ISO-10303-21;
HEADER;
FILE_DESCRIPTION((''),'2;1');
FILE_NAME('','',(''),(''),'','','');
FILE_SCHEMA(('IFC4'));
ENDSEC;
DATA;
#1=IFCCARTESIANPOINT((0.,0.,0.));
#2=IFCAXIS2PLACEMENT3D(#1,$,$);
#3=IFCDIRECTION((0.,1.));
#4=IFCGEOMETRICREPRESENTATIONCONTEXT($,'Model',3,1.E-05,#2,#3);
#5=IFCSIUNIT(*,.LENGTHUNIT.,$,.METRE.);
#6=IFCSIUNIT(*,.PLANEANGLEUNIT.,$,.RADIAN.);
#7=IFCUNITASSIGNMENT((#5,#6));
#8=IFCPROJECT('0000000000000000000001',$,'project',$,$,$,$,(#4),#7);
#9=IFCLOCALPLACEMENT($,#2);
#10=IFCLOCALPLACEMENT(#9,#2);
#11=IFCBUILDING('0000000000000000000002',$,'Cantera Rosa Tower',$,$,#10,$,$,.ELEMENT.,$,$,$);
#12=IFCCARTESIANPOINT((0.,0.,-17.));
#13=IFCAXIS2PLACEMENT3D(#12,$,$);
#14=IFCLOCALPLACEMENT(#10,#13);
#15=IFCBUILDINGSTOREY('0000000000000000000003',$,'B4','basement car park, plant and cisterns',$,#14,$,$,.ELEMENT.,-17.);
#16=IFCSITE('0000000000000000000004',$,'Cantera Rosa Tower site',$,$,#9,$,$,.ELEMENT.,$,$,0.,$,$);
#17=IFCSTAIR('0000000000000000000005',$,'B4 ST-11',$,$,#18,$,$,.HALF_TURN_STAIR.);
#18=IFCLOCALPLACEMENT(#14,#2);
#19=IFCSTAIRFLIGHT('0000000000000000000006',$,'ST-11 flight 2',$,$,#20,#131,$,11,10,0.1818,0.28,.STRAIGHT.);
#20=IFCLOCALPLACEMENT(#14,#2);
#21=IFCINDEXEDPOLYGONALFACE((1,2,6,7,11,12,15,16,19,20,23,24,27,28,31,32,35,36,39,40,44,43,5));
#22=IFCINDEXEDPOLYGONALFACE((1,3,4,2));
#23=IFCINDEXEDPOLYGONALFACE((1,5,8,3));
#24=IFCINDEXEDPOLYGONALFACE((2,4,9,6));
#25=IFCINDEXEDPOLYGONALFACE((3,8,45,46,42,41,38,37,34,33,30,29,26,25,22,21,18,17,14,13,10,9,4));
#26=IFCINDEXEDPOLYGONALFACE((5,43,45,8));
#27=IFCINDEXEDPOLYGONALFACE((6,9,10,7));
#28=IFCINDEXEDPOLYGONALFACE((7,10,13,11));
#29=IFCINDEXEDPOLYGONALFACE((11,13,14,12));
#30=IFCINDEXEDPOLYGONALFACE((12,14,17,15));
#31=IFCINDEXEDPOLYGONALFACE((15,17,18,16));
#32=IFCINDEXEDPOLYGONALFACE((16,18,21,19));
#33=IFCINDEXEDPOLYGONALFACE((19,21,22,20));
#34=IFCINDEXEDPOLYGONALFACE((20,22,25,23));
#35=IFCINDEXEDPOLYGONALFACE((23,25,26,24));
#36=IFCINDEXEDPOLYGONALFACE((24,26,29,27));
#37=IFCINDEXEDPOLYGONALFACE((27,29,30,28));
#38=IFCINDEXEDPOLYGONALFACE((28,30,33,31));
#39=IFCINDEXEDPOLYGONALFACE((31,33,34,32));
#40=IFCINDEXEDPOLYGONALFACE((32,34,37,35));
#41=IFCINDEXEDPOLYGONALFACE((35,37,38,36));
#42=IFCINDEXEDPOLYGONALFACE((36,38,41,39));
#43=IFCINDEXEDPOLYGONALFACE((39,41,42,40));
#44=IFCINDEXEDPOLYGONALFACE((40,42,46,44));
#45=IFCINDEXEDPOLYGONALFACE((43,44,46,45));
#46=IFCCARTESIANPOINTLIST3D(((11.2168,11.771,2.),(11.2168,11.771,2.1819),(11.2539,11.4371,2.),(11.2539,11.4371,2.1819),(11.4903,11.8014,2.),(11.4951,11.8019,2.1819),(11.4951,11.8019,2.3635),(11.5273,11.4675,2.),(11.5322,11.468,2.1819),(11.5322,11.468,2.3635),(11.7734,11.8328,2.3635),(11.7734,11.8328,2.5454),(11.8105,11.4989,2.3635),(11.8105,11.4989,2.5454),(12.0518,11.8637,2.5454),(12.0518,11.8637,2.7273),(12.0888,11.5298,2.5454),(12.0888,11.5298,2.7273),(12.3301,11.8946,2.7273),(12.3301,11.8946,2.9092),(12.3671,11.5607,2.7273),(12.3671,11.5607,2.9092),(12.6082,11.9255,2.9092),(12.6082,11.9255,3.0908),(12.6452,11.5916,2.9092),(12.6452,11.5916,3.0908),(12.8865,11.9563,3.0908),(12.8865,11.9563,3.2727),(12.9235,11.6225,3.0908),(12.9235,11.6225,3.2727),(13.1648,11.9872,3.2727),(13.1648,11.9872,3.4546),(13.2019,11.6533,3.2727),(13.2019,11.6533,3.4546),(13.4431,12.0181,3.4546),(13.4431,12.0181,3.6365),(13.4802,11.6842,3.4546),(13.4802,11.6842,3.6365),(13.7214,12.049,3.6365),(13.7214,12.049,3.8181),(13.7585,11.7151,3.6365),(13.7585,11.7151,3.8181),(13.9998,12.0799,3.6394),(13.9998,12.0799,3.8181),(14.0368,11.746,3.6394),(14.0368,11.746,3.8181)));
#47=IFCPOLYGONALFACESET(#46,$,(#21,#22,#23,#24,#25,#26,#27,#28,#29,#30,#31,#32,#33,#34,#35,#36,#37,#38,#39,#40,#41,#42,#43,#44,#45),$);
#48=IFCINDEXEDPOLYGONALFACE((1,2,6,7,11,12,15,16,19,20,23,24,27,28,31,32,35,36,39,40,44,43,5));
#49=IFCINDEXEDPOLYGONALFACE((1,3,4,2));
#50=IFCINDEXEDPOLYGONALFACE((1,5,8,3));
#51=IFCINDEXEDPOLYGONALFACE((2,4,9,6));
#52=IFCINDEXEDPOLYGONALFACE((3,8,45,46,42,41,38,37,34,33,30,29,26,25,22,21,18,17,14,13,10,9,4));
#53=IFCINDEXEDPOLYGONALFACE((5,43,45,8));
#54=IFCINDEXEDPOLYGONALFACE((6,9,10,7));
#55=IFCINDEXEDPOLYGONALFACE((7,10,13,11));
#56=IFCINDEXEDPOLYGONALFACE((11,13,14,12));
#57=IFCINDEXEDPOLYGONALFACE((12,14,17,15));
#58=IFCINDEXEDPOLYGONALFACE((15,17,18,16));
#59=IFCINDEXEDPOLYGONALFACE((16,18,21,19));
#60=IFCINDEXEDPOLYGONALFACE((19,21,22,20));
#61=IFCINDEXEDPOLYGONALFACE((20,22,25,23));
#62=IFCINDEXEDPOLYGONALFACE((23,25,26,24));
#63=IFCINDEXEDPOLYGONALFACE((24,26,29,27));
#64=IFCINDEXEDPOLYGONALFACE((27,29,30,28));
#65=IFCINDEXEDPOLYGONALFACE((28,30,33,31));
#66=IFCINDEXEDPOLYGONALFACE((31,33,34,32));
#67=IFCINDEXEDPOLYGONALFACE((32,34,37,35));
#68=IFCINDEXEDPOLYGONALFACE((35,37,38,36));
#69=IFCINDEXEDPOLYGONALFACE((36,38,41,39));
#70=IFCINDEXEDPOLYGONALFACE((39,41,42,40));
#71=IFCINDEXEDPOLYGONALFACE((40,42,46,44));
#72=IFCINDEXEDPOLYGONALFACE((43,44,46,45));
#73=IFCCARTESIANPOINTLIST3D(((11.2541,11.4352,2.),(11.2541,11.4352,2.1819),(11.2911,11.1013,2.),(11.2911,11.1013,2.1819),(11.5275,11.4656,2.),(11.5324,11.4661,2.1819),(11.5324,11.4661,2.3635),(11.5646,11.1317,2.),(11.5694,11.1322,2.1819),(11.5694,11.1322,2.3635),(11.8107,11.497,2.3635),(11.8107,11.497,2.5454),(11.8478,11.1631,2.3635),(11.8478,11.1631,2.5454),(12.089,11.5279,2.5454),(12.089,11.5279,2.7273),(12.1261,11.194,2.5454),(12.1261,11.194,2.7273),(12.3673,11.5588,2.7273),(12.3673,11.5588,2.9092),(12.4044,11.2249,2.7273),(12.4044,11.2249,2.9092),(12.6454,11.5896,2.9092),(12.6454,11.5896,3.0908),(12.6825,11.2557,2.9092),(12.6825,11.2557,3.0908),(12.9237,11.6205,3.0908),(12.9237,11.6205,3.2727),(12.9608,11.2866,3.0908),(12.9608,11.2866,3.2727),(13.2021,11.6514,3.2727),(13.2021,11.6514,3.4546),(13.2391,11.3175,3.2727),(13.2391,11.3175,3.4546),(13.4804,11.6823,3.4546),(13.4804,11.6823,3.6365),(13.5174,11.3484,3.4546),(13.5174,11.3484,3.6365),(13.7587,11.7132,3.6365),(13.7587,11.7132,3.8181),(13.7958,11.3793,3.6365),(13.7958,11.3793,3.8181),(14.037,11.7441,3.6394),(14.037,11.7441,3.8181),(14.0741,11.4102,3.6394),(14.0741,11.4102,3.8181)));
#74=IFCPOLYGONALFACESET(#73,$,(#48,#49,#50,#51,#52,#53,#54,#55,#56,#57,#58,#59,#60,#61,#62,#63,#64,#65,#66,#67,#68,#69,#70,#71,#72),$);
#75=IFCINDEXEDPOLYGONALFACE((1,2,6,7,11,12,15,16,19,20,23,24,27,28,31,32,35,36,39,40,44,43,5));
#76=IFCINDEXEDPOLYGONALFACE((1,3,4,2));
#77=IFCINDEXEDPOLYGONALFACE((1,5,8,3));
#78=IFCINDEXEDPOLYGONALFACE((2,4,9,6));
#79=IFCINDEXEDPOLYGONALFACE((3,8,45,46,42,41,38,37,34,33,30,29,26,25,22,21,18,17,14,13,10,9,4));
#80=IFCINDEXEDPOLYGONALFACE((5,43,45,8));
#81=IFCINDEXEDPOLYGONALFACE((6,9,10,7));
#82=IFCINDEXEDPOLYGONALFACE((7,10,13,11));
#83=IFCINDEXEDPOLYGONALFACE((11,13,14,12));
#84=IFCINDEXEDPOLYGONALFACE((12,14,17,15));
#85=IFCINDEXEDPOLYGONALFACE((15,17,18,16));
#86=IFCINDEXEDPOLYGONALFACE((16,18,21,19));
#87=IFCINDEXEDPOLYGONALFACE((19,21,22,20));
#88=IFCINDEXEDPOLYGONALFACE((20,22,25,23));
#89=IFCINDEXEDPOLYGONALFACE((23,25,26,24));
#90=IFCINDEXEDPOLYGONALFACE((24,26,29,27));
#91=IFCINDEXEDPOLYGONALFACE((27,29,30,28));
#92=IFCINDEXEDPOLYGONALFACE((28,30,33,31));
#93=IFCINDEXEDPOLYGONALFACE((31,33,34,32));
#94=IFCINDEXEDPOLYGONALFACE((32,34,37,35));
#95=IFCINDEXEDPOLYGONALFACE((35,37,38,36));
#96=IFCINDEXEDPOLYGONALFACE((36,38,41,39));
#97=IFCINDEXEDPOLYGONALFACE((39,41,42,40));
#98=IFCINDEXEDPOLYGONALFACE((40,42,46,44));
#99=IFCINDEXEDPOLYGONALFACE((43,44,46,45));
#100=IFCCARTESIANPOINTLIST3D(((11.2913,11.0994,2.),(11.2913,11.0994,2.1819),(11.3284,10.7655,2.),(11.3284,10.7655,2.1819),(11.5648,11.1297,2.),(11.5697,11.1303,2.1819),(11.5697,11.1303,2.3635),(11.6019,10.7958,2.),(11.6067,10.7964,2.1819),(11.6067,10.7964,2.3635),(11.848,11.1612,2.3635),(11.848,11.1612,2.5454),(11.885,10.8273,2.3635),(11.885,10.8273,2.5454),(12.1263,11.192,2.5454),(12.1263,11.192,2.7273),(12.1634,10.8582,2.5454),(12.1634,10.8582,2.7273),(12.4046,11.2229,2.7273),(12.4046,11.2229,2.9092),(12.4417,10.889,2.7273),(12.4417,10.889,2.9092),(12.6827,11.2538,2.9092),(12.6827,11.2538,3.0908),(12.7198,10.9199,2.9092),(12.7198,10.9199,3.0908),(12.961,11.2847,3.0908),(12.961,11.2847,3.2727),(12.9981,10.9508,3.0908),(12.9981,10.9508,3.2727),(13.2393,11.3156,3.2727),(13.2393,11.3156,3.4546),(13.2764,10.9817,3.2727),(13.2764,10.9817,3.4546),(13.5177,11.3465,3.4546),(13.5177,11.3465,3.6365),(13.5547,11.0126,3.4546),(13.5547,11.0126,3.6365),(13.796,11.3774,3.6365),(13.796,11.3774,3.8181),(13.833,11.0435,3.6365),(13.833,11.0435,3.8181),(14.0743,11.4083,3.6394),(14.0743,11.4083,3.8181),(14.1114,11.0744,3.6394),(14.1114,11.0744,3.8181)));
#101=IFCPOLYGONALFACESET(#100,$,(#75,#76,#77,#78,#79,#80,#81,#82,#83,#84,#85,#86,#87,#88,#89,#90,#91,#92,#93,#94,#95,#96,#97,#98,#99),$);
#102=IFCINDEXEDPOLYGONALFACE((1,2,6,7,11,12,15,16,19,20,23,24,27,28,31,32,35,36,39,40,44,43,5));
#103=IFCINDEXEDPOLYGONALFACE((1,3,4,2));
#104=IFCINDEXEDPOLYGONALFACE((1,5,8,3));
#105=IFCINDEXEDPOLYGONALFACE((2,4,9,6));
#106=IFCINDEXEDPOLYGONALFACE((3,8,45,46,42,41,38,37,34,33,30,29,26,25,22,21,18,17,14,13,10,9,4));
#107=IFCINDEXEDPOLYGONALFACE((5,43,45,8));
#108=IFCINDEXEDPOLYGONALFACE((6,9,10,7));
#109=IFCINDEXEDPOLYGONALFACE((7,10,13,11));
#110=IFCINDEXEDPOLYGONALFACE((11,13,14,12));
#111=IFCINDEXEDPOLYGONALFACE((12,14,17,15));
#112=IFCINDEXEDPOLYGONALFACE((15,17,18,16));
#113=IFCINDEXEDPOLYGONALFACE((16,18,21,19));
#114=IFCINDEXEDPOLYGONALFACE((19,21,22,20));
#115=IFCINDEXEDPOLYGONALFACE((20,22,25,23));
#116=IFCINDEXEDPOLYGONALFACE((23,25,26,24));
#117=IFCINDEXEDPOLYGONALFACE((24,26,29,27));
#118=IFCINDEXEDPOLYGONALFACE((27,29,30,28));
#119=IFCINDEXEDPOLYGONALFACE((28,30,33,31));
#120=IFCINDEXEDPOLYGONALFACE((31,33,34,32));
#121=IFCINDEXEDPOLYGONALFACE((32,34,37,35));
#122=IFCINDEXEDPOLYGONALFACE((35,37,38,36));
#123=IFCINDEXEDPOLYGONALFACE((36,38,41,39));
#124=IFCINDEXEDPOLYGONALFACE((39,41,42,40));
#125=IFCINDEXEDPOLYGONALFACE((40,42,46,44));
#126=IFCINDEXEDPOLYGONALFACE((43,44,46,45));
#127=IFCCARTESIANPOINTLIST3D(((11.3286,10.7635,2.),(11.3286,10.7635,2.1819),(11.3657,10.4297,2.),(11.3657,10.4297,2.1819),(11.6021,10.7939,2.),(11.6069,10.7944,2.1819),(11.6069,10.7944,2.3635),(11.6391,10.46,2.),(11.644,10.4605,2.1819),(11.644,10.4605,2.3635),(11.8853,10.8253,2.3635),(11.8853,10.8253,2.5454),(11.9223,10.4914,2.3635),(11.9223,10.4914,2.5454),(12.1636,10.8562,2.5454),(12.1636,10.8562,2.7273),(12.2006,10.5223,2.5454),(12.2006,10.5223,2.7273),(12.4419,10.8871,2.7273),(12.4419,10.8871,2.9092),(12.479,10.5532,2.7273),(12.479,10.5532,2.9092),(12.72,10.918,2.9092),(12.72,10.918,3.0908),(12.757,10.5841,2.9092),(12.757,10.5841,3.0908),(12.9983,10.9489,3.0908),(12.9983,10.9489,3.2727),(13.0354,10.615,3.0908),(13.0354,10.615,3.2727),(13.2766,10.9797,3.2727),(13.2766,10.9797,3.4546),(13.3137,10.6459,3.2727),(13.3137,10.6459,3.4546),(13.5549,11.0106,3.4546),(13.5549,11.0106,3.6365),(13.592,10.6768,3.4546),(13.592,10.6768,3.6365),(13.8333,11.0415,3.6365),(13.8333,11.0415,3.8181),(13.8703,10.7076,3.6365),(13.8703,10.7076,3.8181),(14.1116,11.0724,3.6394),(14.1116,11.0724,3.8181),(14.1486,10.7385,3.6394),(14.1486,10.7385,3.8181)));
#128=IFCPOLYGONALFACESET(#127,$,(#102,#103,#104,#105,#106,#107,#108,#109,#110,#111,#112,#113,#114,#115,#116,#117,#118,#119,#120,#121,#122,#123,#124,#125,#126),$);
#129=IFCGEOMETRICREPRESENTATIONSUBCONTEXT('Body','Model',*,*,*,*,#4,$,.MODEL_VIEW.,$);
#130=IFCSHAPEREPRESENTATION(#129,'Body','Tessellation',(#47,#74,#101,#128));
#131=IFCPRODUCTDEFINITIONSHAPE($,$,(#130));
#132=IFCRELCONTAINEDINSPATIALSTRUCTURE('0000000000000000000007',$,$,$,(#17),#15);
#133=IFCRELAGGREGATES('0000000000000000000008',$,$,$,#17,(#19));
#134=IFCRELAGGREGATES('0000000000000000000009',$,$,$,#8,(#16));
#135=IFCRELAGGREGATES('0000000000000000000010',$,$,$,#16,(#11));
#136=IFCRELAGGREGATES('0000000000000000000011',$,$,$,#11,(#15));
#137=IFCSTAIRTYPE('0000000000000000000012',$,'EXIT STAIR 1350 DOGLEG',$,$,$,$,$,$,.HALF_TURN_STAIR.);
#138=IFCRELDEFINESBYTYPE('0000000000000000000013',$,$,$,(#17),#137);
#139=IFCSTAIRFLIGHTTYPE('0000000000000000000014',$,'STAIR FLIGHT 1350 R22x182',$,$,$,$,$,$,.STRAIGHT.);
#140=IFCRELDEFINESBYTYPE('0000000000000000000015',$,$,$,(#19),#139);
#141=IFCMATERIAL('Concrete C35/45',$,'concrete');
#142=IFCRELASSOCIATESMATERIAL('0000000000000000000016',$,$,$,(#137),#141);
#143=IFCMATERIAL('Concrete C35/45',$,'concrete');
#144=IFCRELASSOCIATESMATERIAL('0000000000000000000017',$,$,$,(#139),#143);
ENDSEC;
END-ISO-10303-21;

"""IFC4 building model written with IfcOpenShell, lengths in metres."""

from ifc_helpers import new_model, si_unit, direction, frame, origin, place, context, subcontext, project, spatial, polyline, outline, extrude, material, type_object, element, aggregate, save


model = new_model("IFC4")

# Units and contexts
model_context = context("Model", 3, precision=1e-05, world=origin(), true_north=direction((0.0, 1.0)))
body_context = subcontext(model_context, "Body", "Model", "MODEL_VIEW")
ifc_project = project(units=[si_unit("LENGTHUNIT", "METRE"), si_unit("PLANEANGLEUNIT", "RADIAN")], contexts=[model_context])

# Site, building, storey
site_placement = place(None, origin())
site = spatial("IfcSite", under=ifc_project, at=site_placement, Name="Cantera Rosa Tower site", CompositionType="ELEMENT", RefElevation=0.0)
building_placement = place(site_placement, origin())
building = spatial("IfcBuilding", under=site, at=building_placement, Name="Cantera Rosa Tower", CompositionType="ELEMENT")
storey_placement = place(building_placement, frame((0.0, 0.0, -17.0)))
storey = spatial("IfcBuildingStorey", under=building, at=storey_placement, Name="B4", Description="basement car park, plant and cisterns", CompositionType="ELEMENT", Elevation=-17.0)

# Stair
ifc_material_1 = material(Name="Concrete C35/45", Category="concrete")
stair_type_1 = type_object("IfcStairType", Name="EXIT STAIR 1350 DOGLEG", PredefinedType="HALF_TURN_STAIR", material=ifc_material_1)
stair_1_placement = place(storey_placement, origin())
stair_1 = element("IfcStair", 1, at=stair_1_placement, inside=storey, type_object=stair_type_1, Name="B4 ST-11", PredefinedType="HALF_TURN_STAIR")

# Stair flight
ifc_material_2 = material(Name="Concrete C35/45", Category="concrete")
stair_flight_type = type_object("IfcStairFlightType", Name="STAIR FLIGHT 1350 R22x182", PredefinedType="STRAIGHT", material=ifc_material_2)
stair_flight_placement = place(storey_placement, frame((11.2913, 11.1001, 2.0), z_axis=(0.0, 0.0, 1.0), x_axis=(0.993897, 0.110313, 0.0)))
stair_flight = element("IfcStairFlight", 2, at=stair_flight_placement, type_object=stair_flight_type, Name="ST-11 flight 2", NumberOfRisers=11, NumberOfTreads=10, PredefinedType="STRAIGHT", RiserHeight=0.1818, TreadLength=0.28, context=body_context, shape_type="SweptSolid", body=[
    extrude(outline(polyline([(0.0, 0.0), (0.0, 0.1819), (0.28, 0.1819), (0.28, 0.3635), (0.5601, 0.3635), (0.5601, 0.5454), (0.8401, 0.5454), (0.8401, 0.7273), (1.1201, 0.7273), (1.1201, 0.9092), (1.3999, 0.9092), (1.3999, 1.0908), (1.6799, 1.0908), (1.6799, 1.2727), (1.96, 1.2727), (1.96, 1.4546), (2.24, 1.4546), (2.24, 1.6365), (2.52, 1.6365), (2.52, 1.8181), (2.8, 1.8181), (2.8, 2.0), (2.8, 1.6394), (0.2751, 0.0), (0.0, 0.0)])), frame((0.0, 0.675, 0.0), z_axis=(0.0, -1.0, 0.0), x_axis=(1.0, 0.0, 0.0)), (0.0, 0.0, 1.0), 0.3359),
    extrude(outline(polyline([(0.0, 0.0), (0.0, 0.1819), (0.28, 0.1819), (0.28, 0.3635), (0.5601, 0.3635), (0.5601, 0.5454), (0.8401, 0.5454), (0.8401, 0.7273), (1.1201, 0.7273), (1.1201, 0.9092), (1.3999, 0.9092), (1.3999, 1.0908), (1.6799, 1.0908), (1.6799, 1.2727), (1.96, 1.2727), (1.96, 1.4546), (2.24, 1.4546), (2.24, 1.6365), (2.52, 1.6365), (2.52, 1.8181), (2.8, 1.8181), (2.8, 2.0), (2.8, 1.6394), (0.2751, 0.0), (0.0, 0.0)])), frame((0.0, 0.3372, 0.0), z_axis=(0.0, -1.0, 0.0), x_axis=(1.0, 0.0, 0.0)), (0.0, 0.0, 1.0), 0.3359),
    extrude(outline(polyline([(0.0, 0.0), (0.0, 0.1819), (0.28, 0.1819), (0.28, 0.3635), (0.5601, 0.3635), (0.5601, 0.5454), (0.8401, 0.5454), (0.8401, 0.7273), (1.1201, 0.7273), (1.1201, 0.9092), (1.3999, 0.9092), (1.3999, 1.0908), (1.6799, 1.0908), (1.6799, 1.2727), (1.96, 1.2727), (1.96, 1.4546), (2.24, 1.4546), (2.24, 1.6365), (2.52, 1.6365), (2.52, 1.8181), (2.8, 1.8181), (2.8, 2.0), (2.8, 1.6394), (0.2751, 0.0), (0.0, 0.0)])), frame((0.0, -0.0007, 0.0), z_axis=(0.0, -1.0, 0.0), x_axis=(1.0, 0.0, 0.0)), (0.0, 0.0, 1.0), 0.3359),
    extrude(outline(polyline([(0.0, 0.0), (0.0, 0.1819), (0.28, 0.1819), (0.28, 0.3635), (0.5601, 0.3635), (0.5601, 0.5454), (0.8401, 0.5454), (0.8401, 0.7273), (1.1201, 0.7273), (1.1201, 0.9092), (1.3999, 0.9092), (1.3999, 1.0908), (1.6799, 1.0908), (1.6799, 1.2727), (1.96, 1.2727), (1.96, 1.4546), (2.24, 1.4546), (2.24, 1.6365), (2.52, 1.6365), (2.52, 1.8181), (2.8, 1.8181), (2.8, 2.0), (2.8, 1.6394), (0.2751, 0.0), (0.0, 0.0)])), frame((0.0, -0.3386, 0.0), z_axis=(0.0, -1.0, 0.0), x_axis=(1.0, 0.0, 0.0)), (0.0, 0.0, 1.0), 0.3359),
])
aggregate(stair_1, [stair_flight])

save(model, "model.ifc")
